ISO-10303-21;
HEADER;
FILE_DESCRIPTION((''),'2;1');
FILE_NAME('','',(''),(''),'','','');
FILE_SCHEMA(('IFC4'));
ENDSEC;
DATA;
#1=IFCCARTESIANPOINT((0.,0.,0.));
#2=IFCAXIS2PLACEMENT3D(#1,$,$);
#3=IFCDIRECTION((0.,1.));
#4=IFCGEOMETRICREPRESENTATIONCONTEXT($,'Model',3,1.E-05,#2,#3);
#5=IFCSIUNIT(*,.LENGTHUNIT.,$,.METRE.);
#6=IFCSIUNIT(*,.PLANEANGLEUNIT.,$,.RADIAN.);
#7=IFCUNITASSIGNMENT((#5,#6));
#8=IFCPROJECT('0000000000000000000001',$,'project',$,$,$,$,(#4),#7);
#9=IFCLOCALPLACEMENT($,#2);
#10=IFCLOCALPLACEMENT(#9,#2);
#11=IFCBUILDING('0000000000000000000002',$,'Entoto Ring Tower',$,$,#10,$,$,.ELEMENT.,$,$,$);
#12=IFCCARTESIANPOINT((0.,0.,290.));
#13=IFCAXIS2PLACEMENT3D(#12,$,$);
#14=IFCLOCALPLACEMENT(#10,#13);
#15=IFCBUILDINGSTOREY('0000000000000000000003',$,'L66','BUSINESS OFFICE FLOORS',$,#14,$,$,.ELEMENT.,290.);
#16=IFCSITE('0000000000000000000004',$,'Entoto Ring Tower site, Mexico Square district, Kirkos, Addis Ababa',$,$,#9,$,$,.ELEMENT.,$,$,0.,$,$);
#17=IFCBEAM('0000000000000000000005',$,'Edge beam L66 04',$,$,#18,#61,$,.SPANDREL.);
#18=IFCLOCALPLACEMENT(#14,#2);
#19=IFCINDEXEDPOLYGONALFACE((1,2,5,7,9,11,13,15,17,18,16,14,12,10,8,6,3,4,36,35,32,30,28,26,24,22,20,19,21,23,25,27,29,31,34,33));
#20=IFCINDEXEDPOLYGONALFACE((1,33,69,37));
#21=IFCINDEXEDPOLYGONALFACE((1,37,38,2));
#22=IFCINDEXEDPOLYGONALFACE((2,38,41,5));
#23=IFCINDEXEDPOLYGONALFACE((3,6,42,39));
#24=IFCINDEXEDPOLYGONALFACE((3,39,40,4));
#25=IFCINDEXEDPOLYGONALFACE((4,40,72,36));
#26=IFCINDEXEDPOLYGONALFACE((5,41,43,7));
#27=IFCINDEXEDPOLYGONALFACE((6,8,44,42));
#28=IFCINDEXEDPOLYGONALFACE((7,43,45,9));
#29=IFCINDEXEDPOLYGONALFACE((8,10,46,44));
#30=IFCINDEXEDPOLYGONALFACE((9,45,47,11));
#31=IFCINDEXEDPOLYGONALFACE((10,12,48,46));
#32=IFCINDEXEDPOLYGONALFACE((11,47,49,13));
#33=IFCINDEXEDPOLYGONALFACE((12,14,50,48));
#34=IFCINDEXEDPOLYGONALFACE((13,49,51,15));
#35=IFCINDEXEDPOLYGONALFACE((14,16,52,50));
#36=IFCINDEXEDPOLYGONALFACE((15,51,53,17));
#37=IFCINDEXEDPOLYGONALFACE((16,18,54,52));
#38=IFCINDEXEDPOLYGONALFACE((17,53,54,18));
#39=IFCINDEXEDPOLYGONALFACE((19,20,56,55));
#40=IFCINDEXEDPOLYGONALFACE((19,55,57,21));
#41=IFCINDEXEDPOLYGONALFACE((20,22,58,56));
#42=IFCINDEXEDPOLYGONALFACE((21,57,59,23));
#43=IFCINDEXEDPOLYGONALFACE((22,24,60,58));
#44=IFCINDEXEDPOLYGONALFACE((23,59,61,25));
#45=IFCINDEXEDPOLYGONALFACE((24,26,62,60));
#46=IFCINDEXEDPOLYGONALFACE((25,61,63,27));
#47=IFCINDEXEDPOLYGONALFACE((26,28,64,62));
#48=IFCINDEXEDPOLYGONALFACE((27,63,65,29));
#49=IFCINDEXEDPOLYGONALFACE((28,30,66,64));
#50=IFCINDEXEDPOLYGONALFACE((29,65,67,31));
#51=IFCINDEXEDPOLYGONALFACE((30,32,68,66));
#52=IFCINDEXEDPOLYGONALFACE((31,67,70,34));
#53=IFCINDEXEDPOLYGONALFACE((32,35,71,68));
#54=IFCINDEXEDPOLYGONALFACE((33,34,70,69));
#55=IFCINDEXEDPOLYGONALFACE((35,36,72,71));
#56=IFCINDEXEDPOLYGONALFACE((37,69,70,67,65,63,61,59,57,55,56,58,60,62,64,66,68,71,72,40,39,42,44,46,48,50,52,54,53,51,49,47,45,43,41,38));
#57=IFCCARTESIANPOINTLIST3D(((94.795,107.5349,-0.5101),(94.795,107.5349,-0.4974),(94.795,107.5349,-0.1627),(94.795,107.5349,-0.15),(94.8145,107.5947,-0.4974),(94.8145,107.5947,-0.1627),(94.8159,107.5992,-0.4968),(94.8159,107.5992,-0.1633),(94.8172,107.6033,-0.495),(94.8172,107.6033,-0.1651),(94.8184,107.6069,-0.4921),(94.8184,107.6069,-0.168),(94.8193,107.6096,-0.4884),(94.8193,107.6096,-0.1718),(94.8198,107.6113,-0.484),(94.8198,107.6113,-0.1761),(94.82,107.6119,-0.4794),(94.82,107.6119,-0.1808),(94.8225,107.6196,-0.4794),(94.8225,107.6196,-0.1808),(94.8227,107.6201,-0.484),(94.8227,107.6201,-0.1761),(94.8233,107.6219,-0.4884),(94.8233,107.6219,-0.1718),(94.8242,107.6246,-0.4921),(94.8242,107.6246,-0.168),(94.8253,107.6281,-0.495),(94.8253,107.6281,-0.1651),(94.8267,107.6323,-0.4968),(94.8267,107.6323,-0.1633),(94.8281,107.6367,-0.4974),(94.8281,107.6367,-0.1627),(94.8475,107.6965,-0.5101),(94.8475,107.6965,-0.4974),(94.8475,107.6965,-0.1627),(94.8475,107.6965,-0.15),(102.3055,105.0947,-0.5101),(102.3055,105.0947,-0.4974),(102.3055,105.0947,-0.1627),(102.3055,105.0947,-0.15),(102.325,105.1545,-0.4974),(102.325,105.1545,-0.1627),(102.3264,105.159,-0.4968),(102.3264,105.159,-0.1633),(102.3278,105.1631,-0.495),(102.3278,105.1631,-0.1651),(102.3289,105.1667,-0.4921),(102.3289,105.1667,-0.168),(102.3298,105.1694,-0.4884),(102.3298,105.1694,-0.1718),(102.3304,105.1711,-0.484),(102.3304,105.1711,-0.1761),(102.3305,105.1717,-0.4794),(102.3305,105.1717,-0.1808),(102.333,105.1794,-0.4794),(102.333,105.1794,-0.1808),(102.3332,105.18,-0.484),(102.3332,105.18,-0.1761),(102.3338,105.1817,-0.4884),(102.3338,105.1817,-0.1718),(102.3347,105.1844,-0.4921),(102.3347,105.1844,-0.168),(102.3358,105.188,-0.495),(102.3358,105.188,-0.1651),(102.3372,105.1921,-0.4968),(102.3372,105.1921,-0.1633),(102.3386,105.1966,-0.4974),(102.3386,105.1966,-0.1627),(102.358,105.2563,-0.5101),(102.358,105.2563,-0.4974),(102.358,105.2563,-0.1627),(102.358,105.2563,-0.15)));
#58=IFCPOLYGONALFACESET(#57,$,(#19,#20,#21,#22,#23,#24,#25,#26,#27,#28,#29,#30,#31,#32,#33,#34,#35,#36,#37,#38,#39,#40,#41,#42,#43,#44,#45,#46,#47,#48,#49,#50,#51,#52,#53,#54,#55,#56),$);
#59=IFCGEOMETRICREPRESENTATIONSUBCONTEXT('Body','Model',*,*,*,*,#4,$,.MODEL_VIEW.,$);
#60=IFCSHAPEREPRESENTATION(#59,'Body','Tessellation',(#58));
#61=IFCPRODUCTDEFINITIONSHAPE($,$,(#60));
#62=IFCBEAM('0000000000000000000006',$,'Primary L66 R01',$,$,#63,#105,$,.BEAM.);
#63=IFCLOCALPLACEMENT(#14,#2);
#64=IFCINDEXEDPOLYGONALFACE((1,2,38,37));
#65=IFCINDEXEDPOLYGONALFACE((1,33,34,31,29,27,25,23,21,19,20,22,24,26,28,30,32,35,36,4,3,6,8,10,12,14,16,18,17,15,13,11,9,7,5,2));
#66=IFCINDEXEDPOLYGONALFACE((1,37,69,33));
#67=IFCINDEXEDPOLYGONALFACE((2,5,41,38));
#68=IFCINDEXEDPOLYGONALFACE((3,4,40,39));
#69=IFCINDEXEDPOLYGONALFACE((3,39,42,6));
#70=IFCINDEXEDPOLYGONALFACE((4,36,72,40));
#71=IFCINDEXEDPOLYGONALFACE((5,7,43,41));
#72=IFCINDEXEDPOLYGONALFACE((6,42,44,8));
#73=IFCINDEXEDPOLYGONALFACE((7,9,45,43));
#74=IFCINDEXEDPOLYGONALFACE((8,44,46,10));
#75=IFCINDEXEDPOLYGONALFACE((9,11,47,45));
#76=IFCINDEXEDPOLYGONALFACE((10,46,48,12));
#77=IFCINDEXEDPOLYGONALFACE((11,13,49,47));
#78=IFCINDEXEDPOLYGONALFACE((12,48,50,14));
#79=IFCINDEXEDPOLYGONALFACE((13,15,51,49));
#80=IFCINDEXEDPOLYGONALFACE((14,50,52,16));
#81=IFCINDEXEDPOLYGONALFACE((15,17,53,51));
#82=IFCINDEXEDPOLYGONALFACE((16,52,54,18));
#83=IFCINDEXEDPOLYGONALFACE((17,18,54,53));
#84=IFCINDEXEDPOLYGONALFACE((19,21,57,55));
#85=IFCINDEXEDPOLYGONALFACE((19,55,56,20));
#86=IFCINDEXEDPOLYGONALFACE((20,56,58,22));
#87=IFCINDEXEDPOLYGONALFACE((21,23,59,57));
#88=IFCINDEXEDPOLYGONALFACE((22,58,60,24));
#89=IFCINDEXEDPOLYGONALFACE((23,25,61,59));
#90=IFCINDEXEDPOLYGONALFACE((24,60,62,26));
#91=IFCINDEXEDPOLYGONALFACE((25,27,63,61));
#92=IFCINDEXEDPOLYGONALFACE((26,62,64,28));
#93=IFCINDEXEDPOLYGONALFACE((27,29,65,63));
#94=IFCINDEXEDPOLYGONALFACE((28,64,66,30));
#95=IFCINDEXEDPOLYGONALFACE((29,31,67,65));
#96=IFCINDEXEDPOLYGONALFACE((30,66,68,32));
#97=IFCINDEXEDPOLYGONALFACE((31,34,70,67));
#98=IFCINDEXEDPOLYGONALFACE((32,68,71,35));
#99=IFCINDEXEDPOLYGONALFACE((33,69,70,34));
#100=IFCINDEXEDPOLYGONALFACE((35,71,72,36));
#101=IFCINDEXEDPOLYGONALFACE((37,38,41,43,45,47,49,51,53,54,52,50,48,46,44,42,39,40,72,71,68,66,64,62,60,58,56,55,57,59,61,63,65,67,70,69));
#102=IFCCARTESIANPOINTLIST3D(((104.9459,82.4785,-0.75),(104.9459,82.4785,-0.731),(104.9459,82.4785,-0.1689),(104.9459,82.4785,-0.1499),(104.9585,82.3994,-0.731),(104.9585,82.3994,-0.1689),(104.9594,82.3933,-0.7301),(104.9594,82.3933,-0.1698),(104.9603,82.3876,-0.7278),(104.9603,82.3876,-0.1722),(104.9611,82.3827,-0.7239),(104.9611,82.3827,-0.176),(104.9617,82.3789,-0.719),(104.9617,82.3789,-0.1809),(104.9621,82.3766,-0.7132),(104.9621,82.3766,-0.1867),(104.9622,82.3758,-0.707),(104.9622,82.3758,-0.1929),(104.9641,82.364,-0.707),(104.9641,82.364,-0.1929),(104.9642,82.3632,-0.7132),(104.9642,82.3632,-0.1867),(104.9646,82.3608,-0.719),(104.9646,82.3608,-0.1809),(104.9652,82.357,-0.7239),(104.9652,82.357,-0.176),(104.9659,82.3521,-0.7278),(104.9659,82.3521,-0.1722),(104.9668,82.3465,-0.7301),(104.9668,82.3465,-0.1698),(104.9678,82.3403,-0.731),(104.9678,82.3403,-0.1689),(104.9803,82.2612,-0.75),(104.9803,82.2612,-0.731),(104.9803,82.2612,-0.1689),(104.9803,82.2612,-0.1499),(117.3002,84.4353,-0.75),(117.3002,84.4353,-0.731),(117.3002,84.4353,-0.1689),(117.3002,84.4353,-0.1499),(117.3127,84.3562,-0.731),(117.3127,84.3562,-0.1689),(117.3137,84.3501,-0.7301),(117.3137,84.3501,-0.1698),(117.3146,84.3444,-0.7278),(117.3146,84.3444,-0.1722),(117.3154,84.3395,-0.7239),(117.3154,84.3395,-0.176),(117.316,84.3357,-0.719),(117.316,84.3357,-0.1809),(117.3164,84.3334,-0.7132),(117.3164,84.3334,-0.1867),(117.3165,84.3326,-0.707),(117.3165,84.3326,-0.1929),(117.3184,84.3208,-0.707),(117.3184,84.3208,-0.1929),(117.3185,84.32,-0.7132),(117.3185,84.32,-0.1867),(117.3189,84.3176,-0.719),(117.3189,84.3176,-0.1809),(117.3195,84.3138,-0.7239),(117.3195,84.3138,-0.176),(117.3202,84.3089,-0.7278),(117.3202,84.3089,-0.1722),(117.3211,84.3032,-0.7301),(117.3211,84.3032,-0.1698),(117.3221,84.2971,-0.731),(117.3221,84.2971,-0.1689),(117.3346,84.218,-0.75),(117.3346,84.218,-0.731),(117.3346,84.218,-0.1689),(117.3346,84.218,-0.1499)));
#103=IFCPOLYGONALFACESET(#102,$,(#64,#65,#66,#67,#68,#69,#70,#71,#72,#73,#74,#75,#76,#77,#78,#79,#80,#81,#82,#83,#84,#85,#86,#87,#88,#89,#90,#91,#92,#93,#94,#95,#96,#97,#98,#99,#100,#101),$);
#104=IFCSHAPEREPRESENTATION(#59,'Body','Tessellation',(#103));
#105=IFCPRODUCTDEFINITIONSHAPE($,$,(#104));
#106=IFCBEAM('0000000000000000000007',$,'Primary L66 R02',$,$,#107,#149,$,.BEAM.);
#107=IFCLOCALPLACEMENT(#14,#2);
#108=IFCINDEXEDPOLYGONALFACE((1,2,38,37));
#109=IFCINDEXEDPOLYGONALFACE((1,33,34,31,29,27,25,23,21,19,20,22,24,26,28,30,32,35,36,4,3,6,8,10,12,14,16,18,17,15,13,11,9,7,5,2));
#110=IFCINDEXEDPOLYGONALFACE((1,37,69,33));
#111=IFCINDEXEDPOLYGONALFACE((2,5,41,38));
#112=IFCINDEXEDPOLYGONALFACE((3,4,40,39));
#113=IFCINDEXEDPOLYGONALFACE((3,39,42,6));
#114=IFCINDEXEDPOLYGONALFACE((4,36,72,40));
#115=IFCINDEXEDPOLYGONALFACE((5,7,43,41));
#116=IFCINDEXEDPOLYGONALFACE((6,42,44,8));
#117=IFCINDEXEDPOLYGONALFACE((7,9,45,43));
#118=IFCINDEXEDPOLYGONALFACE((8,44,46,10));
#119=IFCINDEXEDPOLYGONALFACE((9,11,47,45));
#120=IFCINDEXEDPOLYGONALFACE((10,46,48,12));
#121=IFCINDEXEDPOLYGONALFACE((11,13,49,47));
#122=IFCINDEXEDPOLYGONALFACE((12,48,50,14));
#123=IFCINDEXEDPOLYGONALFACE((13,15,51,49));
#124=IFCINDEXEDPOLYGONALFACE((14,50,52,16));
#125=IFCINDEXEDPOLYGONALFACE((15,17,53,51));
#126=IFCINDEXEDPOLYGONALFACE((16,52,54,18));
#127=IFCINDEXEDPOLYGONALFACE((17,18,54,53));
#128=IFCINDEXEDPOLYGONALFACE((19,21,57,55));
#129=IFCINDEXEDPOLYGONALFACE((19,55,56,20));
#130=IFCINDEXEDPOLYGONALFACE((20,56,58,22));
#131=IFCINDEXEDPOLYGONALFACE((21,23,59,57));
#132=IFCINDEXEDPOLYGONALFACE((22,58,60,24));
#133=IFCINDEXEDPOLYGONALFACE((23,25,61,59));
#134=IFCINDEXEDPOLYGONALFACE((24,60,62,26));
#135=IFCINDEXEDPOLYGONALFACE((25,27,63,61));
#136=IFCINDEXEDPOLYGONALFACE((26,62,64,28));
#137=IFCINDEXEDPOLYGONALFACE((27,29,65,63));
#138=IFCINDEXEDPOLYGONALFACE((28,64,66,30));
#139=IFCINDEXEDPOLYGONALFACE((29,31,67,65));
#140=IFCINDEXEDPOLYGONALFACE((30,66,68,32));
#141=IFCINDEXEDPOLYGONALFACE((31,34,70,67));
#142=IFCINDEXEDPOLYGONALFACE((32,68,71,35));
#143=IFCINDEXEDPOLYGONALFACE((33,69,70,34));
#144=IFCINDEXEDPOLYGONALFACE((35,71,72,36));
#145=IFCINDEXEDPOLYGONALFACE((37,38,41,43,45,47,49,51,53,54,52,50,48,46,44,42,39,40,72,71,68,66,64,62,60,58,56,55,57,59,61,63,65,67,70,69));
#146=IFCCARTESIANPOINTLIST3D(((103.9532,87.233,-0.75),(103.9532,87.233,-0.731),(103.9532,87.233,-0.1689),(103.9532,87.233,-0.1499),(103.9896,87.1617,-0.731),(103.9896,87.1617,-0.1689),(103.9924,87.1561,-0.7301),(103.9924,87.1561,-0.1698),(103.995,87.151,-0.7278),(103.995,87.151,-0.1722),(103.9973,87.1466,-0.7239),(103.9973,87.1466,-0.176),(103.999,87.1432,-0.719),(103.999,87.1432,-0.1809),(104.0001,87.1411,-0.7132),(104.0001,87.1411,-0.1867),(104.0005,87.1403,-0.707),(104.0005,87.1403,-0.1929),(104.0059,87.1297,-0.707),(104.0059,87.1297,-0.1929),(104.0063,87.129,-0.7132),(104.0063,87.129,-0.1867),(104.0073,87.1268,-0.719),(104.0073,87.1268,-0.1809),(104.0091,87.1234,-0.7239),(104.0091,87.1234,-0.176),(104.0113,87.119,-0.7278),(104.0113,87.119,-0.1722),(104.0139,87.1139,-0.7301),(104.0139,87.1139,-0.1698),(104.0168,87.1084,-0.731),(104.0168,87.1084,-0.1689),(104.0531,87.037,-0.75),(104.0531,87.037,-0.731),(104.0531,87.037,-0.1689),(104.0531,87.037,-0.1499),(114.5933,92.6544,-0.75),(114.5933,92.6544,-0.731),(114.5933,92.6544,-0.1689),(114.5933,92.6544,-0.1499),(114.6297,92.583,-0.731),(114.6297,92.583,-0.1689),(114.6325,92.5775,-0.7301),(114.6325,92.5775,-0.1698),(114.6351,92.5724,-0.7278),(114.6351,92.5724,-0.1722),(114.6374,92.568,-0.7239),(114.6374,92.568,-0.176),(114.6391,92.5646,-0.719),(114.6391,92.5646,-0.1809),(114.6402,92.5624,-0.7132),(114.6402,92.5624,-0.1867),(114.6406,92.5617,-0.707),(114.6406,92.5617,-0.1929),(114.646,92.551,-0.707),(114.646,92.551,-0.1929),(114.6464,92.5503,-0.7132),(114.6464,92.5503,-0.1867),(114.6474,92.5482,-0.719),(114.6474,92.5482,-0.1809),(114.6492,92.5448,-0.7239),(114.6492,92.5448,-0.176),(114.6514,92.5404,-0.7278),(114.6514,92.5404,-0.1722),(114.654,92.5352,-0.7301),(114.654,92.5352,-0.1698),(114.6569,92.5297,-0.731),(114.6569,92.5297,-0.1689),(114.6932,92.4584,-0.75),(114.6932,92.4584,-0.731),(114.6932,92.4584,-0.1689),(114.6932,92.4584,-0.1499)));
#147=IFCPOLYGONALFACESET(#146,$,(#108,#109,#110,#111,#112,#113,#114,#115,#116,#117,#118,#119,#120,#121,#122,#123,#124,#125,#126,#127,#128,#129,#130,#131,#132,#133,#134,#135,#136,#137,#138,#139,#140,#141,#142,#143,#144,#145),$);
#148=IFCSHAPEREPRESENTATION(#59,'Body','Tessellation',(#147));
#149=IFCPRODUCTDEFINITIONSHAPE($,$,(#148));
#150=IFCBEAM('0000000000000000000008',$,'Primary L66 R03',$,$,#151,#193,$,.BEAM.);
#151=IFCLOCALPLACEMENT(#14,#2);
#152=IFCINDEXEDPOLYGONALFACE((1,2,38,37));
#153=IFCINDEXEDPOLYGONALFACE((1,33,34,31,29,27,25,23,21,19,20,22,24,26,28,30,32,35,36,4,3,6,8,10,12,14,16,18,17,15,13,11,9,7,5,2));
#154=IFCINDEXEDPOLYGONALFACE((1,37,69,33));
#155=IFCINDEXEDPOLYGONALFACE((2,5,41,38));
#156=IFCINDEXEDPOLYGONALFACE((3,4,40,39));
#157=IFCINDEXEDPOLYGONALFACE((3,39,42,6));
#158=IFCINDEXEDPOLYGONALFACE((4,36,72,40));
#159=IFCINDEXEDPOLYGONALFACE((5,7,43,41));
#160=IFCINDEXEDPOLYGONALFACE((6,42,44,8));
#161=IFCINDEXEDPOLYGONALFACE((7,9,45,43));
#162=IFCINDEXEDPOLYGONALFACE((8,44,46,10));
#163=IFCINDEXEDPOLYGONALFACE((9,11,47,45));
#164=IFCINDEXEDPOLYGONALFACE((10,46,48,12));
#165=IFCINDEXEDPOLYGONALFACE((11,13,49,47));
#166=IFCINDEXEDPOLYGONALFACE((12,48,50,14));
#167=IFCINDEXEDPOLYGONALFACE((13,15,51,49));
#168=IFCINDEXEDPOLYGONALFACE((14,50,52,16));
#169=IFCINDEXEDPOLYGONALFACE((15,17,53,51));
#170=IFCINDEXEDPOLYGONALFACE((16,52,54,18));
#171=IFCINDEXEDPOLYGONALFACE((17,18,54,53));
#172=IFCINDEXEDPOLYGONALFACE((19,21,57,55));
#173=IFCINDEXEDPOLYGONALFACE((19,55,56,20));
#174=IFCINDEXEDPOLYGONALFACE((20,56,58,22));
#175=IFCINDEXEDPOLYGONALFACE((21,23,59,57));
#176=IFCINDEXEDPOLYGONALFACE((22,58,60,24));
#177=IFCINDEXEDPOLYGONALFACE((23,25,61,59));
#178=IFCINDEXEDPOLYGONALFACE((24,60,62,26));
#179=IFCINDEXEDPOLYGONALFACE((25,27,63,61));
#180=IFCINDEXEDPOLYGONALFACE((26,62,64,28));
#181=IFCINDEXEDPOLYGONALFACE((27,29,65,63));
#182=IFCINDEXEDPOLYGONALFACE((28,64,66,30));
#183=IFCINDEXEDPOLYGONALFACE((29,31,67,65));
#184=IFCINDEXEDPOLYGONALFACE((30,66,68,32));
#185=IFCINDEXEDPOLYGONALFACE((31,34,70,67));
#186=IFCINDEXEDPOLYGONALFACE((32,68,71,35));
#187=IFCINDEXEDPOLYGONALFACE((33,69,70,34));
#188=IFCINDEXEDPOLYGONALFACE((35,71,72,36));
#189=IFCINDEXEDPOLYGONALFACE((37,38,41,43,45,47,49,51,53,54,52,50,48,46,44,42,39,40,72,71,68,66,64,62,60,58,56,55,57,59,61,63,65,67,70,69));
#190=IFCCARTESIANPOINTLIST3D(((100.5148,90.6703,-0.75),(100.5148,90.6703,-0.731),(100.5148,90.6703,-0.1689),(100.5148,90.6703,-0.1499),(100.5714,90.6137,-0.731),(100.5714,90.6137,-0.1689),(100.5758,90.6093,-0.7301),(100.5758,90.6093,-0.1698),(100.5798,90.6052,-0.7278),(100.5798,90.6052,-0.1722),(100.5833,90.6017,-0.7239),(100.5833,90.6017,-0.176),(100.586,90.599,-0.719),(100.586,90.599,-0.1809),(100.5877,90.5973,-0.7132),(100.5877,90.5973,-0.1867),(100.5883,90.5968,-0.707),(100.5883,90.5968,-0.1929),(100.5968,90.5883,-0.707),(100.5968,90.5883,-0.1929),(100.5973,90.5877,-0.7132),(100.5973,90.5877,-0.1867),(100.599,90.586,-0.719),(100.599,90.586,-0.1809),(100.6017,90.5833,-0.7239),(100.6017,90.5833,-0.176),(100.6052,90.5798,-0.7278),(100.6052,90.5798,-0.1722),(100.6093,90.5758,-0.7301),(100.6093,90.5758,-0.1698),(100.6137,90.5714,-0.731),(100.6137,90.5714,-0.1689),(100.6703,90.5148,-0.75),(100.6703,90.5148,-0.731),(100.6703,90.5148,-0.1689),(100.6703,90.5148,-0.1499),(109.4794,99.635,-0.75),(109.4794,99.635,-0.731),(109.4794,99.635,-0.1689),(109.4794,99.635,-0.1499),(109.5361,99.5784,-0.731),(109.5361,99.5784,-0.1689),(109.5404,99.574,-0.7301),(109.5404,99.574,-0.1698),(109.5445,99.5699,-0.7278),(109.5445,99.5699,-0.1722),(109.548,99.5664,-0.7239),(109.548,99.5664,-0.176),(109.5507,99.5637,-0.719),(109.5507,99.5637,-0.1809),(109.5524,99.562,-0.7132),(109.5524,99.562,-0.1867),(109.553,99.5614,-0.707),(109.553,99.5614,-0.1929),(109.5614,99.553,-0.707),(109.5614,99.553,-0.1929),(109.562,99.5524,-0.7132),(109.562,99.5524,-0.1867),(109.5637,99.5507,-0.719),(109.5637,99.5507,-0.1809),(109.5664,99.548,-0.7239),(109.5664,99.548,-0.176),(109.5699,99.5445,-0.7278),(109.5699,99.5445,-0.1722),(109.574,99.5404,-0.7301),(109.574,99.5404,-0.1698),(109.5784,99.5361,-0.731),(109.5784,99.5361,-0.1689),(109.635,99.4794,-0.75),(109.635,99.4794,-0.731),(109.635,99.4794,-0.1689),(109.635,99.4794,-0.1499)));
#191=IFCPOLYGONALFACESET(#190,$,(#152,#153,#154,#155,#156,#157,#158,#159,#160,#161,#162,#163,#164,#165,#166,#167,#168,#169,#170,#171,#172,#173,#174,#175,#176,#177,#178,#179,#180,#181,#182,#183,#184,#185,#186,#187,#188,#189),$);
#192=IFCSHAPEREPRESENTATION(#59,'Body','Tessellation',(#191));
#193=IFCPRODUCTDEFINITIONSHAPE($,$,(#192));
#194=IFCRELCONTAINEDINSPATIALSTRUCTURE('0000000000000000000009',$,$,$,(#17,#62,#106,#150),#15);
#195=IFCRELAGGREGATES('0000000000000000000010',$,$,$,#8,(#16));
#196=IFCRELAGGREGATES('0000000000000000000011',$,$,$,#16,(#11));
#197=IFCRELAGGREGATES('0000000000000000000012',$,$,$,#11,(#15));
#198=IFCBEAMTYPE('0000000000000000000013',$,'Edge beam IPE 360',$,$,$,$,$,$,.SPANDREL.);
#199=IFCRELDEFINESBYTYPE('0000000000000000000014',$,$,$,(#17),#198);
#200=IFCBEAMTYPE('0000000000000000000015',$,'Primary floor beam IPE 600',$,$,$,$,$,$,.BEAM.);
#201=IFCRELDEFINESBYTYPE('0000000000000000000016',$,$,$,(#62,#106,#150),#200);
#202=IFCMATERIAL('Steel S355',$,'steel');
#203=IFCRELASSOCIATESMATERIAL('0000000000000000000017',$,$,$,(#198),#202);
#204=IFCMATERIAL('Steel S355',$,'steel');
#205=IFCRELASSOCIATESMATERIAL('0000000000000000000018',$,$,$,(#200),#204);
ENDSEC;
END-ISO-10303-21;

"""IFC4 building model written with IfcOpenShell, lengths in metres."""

from ifc_helpers import new_model, si_unit, direction, frame, origin, origin_2d, place, context, subcontext, project, spatial, i_section, extrude, material, material_profile, profile_set, type_object, element, save


model = new_model("IFC4")

# Units and contexts
model_context = context("Model", 3, precision=1e-05, world=origin(), true_north=direction((0.0, 1.0)))
body_context = subcontext(model_context, "Body", "Model", "MODEL_VIEW")
ifc_project = project(units=[si_unit("LENGTHUNIT", "METRE"), si_unit("PLANEANGLEUNIT", "RADIAN")], contexts=[model_context])

# Site, building, storey
site_placement = place(None, origin())
site = spatial("IfcSite", under=ifc_project, at=site_placement, Name="Entoto Ring Tower site, Mexico Square district, Kirkos, Addis Ababa", CompositionType="ELEMENT", RefElevation=0.0)
building_placement = place(site_placement, origin())
building = spatial("IfcBuilding", under=site, at=building_placement, Name="Entoto Ring Tower", CompositionType="ELEMENT")
storey_placement = place(building_placement, frame((0.0, 0.0, 290.0)))
storey = spatial("IfcBuildingStorey", under=building, at=storey_placement, Name="L66", Description="BUSINESS OFFICE FLOORS", CompositionType="ELEMENT", Elevation=290.0)

# Beams
ifc_material_1 = material(Name="Steel S355", Category="steel")
ifc_material_profile_1 = material_profile(ifc_material_1, i_section(OverallWidth=0.1699, OverallDepth=0.3601, WebThickness=0.0081, FlangeThickness=0.0127, FilletRadius=0.0181, at=origin_2d()), Name="IPE 360")
ifc_profile_set_1 = profile_set([ifc_material_profile_1], Name="Steel S355")
beam_type_1 = type_object("IfcBeamType", Name="Edge beam IPE 360", PredefinedType="SPANDREL", material=ifc_profile_set_1)
beam_1_placement = place(storey_placement, frame((102.3318, 105.1755, -0.3301), z_axis=(-0.951061, 0.309003, 0.0), x_axis=(-0.309003, -0.951061, 0.0)))
element("IfcBeam", 1, at=beam_1_placement, inside=storey, type_object=beam_type_1, Name="Edge beam L66 04", PredefinedType="SPANDREL", context=body_context, shape_type="SweptSolid", body=[
    extrude(i_section(OverallWidth=0.1699, OverallDepth=0.3601, WebThickness=0.0081, FlangeThickness=0.0127, FilletRadius=0.0181, at=origin_2d()), origin(), (0.0, 0.0, 1.0), 7.897),
])
ifc_material_2 = material(Name="Steel S355", Category="steel")
ifc_material_profile_2 = material_profile(ifc_material_2, i_section(OverallWidth=0.22, OverallDepth=0.6001, WebThickness=0.012, FlangeThickness=0.019, FilletRadius=0.0239, at=origin_2d()), Name="IPE 600")
ifc_profile_set_2 = profile_set([ifc_material_profile_2], Name="Steel S355")
beam_type_2 = type_object("IfcBeamType", Name="Primary floor beam IPE 600", PredefinedType="BEAM", material=ifc_profile_set_2)
beam_2_placement = place(storey_placement, frame((104.9631, 82.3699, -0.45), z_axis=(0.987688, 0.15644, 0.0), x_axis=(-0.15644, 0.987688, 0.0)))
element("IfcBeam", 2, at=beam_2_placement, inside=storey, type_object=beam_type_2, Name="Primary L66 R01", PredefinedType="BEAM", context=body_context, shape_type="SweptSolid", body=[
    extrude(i_section(OverallWidth=0.22, OverallDepth=0.6001, WebThickness=0.012, FlangeThickness=0.019, FilletRadius=0.0239, at=origin_2d()), origin(), (0.0, 0.0, 1.0), 12.5083),
])
beam_3_placement = place(storey_placement, frame((104.0032, 87.135, -0.45), z_axis=(0.891008, 0.453988, 0.0), x_axis=(-0.453988, 0.891008, 0.0)))
element("IfcBeam", 3, at=beam_3_placement, inside=storey, type_object=beam_type_2, Name="Primary L66 R02", PredefinedType="BEAM", context=body_context, shape_type="SweptSolid", body=[
    extrude(i_section(OverallWidth=0.22, OverallDepth=0.6001, WebThickness=0.012, FlangeThickness=0.019, FilletRadius=0.0239, at=origin_2d()), origin(), (0.0, 0.0, 1.0), 11.9417),
])
beam_4_placement = place(storey_placement, frame((100.5925, 90.5925, -0.45), z_axis=(0.707107, 0.707107, 0.0), x_axis=(-0.707107, 0.707107, 0.0)))
element("IfcBeam", 4, at=beam_4_placement, inside=storey, type_object=beam_type_2, Name="Primary L66 R03", PredefinedType="BEAM", context=body_context, shape_type="SweptSolid", body=[
    extrude(i_section(OverallWidth=0.22, OverallDepth=0.6001, WebThickness=0.012, FlangeThickness=0.019, FilletRadius=0.0239, at=origin_2d()), origin(), (0.0, 0.0, 1.0), 12.678),
])

save(model, "model.ifc")
